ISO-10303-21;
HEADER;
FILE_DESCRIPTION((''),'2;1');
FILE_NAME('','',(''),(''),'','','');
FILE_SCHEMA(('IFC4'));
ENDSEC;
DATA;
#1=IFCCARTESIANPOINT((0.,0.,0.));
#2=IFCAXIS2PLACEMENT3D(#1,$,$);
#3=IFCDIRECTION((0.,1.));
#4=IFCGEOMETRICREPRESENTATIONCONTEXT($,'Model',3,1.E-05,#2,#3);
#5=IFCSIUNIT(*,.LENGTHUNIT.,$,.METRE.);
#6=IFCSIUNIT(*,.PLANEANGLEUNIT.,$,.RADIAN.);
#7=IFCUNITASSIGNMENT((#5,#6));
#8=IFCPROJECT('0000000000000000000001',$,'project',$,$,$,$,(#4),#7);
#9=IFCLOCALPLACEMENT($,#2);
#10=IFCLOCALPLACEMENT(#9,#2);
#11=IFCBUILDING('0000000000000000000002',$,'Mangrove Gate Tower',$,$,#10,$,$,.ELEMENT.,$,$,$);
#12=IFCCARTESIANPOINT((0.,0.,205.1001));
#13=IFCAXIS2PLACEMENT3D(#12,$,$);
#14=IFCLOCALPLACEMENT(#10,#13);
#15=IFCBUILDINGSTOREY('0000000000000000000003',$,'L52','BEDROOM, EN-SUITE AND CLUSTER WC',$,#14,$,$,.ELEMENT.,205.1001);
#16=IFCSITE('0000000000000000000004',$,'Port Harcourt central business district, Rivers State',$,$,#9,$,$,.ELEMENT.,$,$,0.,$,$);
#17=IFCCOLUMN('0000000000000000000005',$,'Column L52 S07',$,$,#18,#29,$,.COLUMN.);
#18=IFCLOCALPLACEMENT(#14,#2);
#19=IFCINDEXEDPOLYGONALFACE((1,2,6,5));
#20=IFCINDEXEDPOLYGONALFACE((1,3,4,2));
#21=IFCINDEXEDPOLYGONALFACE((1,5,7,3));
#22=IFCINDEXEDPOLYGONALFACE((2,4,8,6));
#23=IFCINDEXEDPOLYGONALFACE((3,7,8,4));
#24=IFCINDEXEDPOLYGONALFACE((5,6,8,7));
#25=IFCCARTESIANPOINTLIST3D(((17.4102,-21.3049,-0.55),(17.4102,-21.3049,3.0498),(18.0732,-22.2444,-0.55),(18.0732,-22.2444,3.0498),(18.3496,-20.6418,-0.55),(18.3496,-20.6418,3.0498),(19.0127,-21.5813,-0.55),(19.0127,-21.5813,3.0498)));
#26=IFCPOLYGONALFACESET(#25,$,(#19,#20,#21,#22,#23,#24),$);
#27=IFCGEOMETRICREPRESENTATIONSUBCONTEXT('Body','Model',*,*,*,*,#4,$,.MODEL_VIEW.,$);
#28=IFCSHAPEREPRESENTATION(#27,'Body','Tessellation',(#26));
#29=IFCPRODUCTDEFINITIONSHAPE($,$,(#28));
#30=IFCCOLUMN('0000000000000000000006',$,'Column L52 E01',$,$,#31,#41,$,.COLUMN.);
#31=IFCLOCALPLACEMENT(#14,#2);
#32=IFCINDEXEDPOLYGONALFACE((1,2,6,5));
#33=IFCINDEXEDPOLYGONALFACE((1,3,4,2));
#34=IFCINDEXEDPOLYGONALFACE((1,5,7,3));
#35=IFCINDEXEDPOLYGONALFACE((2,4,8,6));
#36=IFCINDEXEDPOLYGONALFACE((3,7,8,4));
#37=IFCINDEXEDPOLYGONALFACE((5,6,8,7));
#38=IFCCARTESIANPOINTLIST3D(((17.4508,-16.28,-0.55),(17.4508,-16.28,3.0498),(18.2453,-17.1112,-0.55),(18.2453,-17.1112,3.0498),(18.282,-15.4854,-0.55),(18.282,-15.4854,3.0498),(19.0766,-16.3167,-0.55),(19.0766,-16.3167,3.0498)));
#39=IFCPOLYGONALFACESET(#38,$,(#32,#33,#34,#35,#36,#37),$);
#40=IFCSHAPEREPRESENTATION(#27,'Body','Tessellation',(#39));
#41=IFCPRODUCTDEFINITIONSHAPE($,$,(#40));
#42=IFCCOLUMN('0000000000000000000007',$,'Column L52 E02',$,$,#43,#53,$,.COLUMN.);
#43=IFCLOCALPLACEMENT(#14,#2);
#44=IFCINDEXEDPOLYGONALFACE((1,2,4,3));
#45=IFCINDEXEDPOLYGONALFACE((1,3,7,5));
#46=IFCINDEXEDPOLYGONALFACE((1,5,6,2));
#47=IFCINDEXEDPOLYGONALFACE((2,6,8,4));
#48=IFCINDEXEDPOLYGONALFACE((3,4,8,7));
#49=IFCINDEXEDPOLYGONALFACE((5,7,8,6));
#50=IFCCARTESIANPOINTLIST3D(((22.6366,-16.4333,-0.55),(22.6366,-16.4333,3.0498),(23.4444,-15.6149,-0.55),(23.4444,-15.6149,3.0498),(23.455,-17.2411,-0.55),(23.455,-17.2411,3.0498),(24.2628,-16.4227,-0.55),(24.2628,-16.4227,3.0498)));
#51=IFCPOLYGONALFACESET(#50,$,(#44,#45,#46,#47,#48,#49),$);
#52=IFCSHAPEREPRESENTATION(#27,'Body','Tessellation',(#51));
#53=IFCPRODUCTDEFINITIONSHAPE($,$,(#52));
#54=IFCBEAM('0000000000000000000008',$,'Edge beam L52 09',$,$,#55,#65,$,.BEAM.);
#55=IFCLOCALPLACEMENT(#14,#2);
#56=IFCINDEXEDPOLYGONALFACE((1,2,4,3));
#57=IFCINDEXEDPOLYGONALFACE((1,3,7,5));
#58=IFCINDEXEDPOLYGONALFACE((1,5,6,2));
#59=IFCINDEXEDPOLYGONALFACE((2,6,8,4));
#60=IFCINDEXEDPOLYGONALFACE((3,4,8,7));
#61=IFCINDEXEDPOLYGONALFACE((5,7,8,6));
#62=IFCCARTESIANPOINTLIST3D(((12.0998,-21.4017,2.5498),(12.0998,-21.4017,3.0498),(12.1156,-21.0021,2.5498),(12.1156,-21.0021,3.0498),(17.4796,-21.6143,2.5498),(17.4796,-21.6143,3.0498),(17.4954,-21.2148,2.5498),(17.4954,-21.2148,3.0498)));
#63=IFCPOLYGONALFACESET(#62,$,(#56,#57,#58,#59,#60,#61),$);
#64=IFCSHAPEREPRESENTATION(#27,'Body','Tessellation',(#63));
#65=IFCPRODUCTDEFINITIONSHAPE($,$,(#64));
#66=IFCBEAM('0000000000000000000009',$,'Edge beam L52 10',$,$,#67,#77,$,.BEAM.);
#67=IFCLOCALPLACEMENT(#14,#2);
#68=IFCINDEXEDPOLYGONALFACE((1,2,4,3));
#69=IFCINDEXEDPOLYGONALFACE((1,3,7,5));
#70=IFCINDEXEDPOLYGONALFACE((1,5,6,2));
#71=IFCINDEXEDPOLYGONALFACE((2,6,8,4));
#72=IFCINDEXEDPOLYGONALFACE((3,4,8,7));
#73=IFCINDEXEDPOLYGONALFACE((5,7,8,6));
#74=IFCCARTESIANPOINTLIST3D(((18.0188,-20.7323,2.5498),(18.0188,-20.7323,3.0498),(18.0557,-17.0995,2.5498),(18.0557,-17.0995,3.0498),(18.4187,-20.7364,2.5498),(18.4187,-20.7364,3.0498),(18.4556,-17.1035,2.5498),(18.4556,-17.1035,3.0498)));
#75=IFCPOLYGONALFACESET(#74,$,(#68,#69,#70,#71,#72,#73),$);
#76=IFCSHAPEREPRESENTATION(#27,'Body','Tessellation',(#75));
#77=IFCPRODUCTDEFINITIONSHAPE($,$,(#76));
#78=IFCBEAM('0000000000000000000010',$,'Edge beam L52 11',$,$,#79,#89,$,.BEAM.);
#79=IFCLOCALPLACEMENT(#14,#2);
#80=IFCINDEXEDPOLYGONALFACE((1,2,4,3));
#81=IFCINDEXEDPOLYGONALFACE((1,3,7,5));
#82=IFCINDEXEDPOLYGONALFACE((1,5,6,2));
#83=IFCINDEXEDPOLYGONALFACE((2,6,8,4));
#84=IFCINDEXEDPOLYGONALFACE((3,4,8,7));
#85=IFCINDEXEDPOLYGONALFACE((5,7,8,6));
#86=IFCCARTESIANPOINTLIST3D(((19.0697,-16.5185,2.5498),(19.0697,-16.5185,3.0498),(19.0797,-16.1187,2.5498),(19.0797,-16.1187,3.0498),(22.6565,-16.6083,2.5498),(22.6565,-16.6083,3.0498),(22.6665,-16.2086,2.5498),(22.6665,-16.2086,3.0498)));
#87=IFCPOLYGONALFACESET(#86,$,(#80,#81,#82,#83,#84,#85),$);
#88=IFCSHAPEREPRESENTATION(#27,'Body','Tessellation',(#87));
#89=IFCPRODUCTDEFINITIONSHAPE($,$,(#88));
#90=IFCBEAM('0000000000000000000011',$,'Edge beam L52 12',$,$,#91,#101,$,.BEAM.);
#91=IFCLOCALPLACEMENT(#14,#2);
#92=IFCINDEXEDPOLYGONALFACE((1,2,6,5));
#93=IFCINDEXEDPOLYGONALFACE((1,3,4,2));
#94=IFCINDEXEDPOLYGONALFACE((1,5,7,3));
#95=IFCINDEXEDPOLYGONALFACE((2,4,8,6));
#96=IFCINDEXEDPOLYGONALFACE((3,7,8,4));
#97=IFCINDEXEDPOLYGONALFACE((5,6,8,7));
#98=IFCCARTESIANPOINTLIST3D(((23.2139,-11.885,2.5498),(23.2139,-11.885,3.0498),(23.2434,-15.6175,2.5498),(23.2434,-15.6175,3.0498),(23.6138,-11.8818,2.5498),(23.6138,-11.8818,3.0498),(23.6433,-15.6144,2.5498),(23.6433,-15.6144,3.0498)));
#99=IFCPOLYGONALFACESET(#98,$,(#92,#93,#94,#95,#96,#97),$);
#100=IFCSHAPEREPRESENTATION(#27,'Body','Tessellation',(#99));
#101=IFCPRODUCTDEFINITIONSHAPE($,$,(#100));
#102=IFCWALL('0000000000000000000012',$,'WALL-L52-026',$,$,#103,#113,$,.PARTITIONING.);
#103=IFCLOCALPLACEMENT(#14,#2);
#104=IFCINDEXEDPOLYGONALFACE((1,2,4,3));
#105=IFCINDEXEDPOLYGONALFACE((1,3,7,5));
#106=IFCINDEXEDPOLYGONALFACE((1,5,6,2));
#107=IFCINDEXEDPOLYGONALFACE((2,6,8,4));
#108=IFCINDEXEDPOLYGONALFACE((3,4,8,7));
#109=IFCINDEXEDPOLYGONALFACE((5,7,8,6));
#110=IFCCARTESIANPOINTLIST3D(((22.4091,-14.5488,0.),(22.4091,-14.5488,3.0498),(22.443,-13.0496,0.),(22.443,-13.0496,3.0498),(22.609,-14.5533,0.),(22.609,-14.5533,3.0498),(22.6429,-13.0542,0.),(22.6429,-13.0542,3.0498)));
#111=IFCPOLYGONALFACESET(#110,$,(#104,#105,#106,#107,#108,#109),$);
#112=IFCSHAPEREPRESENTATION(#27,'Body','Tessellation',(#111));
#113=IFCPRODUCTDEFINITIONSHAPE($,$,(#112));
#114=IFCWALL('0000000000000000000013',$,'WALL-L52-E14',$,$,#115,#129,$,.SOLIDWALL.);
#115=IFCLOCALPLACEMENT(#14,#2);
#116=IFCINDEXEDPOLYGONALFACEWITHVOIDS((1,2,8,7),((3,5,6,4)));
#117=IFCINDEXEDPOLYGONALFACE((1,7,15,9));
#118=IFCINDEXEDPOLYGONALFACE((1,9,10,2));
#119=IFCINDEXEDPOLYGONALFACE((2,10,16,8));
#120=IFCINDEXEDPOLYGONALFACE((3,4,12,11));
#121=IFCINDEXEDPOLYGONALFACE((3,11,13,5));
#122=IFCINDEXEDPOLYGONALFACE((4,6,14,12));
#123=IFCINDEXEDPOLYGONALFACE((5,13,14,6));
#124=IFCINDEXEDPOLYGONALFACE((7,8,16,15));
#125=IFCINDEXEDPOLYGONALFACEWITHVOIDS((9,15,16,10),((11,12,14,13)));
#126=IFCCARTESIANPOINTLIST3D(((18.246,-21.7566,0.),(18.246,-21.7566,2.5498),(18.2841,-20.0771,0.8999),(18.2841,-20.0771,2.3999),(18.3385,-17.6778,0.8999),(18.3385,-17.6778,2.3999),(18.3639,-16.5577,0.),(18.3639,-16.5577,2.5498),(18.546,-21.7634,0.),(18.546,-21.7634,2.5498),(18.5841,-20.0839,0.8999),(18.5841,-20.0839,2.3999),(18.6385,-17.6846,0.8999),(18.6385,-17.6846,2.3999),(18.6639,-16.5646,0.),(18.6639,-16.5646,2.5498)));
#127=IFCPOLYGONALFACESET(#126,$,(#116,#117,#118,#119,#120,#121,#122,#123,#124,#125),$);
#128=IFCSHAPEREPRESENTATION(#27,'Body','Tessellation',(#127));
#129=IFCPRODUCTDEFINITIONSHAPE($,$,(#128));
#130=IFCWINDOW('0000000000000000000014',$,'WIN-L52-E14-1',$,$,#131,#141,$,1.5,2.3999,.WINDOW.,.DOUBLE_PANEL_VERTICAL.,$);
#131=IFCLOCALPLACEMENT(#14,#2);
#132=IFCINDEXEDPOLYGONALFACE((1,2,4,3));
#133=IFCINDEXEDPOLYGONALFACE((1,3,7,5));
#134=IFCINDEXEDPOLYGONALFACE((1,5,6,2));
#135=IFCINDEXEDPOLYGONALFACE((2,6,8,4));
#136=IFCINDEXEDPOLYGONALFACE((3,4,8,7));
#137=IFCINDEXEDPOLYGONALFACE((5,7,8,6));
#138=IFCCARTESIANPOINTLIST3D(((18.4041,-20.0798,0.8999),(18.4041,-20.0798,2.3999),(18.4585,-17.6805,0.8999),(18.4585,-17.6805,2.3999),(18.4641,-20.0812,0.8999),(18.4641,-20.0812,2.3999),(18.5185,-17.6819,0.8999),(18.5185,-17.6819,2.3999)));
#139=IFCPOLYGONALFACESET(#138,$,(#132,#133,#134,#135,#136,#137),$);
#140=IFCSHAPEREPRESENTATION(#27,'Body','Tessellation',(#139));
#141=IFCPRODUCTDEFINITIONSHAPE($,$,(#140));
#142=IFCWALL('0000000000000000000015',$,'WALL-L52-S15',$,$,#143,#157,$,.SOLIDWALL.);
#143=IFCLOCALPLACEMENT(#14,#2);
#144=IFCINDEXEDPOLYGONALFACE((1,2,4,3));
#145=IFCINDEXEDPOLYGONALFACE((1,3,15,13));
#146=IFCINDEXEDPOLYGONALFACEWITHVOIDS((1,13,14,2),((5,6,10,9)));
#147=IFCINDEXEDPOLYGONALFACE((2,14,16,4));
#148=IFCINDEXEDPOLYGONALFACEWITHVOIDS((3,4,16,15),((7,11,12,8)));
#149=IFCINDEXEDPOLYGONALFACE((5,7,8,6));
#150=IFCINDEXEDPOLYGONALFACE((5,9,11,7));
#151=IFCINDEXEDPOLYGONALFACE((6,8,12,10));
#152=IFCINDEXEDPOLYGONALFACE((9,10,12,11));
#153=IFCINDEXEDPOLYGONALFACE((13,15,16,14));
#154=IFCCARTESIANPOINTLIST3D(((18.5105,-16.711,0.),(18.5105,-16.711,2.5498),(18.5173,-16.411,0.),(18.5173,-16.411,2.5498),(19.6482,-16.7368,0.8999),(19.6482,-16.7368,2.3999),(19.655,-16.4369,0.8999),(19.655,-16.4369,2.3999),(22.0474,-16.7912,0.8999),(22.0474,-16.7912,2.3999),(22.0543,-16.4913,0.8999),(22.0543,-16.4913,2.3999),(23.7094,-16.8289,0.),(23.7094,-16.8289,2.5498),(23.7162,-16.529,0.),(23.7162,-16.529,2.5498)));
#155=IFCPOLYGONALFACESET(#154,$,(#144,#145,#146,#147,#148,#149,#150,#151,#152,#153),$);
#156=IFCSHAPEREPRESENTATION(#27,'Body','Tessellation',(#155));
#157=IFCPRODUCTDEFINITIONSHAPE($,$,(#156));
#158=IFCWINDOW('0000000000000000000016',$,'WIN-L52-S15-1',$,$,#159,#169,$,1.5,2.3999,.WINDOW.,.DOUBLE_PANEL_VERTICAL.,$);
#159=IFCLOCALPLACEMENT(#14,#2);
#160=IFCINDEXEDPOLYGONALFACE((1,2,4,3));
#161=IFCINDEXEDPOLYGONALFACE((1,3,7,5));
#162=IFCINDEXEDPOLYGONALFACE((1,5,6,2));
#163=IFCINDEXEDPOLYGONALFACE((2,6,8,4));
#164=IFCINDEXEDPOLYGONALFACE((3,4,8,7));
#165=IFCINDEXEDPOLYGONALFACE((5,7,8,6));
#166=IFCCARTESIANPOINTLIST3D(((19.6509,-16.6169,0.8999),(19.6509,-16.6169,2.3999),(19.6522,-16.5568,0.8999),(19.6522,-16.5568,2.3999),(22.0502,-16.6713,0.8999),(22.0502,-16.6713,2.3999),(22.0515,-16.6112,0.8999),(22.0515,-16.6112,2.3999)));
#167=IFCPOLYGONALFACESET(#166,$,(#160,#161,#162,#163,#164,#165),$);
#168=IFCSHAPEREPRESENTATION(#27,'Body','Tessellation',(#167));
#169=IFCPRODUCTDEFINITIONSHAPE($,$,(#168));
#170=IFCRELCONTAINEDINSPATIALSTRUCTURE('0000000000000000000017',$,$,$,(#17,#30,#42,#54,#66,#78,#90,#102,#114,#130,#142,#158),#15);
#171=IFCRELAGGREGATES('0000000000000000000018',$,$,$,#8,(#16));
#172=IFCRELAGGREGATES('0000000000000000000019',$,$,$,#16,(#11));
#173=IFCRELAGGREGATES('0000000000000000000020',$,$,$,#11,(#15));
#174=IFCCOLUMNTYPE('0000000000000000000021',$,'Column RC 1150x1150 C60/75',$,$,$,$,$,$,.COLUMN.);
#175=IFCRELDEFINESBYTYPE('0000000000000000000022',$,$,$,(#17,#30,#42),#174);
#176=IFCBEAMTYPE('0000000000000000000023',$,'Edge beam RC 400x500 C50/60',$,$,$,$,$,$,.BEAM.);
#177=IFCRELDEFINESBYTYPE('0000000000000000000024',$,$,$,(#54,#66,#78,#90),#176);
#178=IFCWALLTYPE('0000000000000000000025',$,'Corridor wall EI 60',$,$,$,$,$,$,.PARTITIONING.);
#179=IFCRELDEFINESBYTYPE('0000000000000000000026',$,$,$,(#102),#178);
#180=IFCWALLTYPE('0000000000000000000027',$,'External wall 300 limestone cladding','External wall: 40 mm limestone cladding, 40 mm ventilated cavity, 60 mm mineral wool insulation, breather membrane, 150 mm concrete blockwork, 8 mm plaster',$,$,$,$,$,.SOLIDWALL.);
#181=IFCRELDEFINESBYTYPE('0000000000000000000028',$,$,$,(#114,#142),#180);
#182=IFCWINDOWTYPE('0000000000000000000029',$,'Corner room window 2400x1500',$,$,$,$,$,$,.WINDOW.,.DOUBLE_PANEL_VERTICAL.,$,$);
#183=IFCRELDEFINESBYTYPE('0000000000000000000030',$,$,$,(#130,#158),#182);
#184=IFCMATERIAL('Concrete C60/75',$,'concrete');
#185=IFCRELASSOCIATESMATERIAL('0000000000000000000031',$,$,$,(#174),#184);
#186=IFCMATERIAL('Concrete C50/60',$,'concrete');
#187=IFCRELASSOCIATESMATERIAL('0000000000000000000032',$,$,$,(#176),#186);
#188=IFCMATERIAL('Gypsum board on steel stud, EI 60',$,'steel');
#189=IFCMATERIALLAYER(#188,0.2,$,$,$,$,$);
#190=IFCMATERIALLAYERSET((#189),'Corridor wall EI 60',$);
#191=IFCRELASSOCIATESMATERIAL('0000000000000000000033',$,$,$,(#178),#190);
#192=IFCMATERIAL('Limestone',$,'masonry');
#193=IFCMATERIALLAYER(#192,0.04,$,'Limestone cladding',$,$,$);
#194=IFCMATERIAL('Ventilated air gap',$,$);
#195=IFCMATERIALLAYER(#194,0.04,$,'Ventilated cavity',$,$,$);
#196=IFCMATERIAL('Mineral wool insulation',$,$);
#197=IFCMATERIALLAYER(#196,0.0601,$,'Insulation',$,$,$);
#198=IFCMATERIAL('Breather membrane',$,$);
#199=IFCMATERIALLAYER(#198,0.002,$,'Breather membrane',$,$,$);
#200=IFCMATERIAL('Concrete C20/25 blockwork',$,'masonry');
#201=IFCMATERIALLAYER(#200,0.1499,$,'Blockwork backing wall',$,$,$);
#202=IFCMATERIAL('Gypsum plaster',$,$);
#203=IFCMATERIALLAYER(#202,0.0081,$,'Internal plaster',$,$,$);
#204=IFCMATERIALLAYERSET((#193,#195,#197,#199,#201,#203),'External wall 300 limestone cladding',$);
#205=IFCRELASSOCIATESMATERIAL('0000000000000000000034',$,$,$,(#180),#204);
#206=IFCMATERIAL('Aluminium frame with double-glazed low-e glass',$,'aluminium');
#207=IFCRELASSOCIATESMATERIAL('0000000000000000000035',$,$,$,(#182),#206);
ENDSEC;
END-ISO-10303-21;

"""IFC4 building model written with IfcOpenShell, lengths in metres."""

from ifc_helpers import new_model, si_unit, direction, frame, frame_2d, origin, origin_2d, place, context, subcontext, project, spatial, rectangle, extrude, material, layer, layer_set, material_profile, profile_set, type_object, element, fill, save


model = new_model("IFC4")

# Units and contexts
model_context = context("Model", 3, precision=1e-05, world=origin(), true_north=direction((0.0, 1.0)))
body_context = subcontext(model_context, "Body", "Model", "MODEL_VIEW")
ifc_project = project(units=[si_unit("LENGTHUNIT", "METRE"), si_unit("PLANEANGLEUNIT", "RADIAN")], contexts=[model_context])

# Site, building, storey
site_placement = place(None, origin())
site = spatial("IfcSite", under=ifc_project, at=site_placement, Name="Port Harcourt central business district, Rivers State", CompositionType="ELEMENT", RefElevation=0.0)
building_placement = place(site_placement, origin())
building = spatial("IfcBuilding", under=site, at=building_placement, Name="Mangrove Gate Tower", CompositionType="ELEMENT")
storey_placement = place(building_placement, frame((0.0, 0.0, 205.1001)))
storey = spatial("IfcBuildingStorey", under=building, at=storey_placement, Name="L52", Description="BEDROOM, EN-SUITE AND CLUSTER WC", CompositionType="ELEMENT", Elevation=205.1001)

# Columns
ifc_material_1 = material(Name="Concrete C60/75", Category="concrete")
ifc_material_profile_1 = material_profile(ifc_material_1, rectangle(XDim=1.1499, YDim=1.1499, at=origin_2d()))
ifc_profile_set_1 = profile_set([ifc_material_profile_1], Name="Concrete C60/75")
column_type = type_object("IfcColumnType", Name="Column RC 1150x1150 C60/75", PredefinedType="COLUMN", material=ifc_profile_set_1)
for number, where, z_axis, x_axis, name in (
    (1, (18.2114, -21.4431, -0.55), (0.0, 0.0, 1.0), (0.817006, 0.576629, 0.0), "Column L52 S07"),
    (2, (18.2637, -16.2983, -0.55), (0.0, 0.0, 1.0), (0.722905, 0.690948, 0.0), "Column L52 E01"),
    (3, (23.4497, -16.428, -0.55), (0.0, 0.0, 1.0), (0.702473, 0.711711, 0.0), "Column L52 E02"),
):
    element("IfcColumn", number, at=place(storey_placement, frame(where, z_axis=z_axis, x_axis=x_axis)), inside=storey, type_object=column_type, Name=name, PredefinedType="COLUMN", context=body_context, shape_type="SweptSolid", body=[
        extrude(rectangle(XDim=1.1499, YDim=1.1499, at=origin_2d()), origin(), (0.0, 0.0, 1.0), 3.5999),
    ])

# Beams
ifc_material_2 = material(Name="Concrete C50/60", Category="concrete")
ifc_material_profile_2 = material_profile(ifc_material_2, rectangle(XDim=0.3999, YDim=0.5, at=origin_2d()))
ifc_profile_set_2 = profile_set([ifc_material_profile_2], Name="Concrete C50/60")
beam_type = type_object("IfcBeamType", Name="Edge beam RC 400x500 C50/60", PredefinedType="BEAM", material=ifc_profile_set_2)
beam_1_placement = place(storey_placement, frame((12.1077, -21.2019, 2.7998), z_axis=(0.99922, -0.039495, 0.0), x_axis=(0.039495, 0.99922, 0.0)))
element("IfcBeam", 4, at=beam_1_placement, inside=storey, type_object=beam_type, Name="Edge beam L52 09", PredefinedType="BEAM", context=body_context, shape_type="SweptSolid", body=[
    extrude(rectangle(XDim=0.3999, YDim=0.5, at=origin_2d()), origin(), (0.0, 0.0, 1.0), 5.384),
])
beam_2_placement = place(storey_placement, frame((18.2188, -20.7344, 2.7998), z_axis=(0.010147, 0.999949, 0.0), x_axis=(-0.999949, 0.010147, 0.0)))
element("IfcBeam", 5, at=beam_2_placement, inside=storey, type_object=beam_type, Name="Edge beam L52 10", PredefinedType="BEAM", context=body_context, shape_type="SweptSolid", body=[
    extrude(rectangle(XDim=0.3999, YDim=0.5, at=origin_2d()), origin(), (0.0, 0.0, 1.0), 3.6331),
])
beam_3_placement = place(storey_placement, frame((19.0747, -16.3186, 2.7998), z_axis=(0.999686, -0.025041, 0.0), x_axis=(0.025041, 0.999686, 0.0)))
element("IfcBeam", 6, at=beam_3_placement, inside=storey, type_object=beam_type, Name="Edge beam L52 11", PredefinedType="BEAM", context=body_context, shape_type="SweptSolid", body=[
    extrude(rectangle(XDim=0.3999, YDim=0.5, at=origin_2d()), origin(), (0.0, 0.0, 1.0), 3.5879),
])
beam_4_placement = place(storey_placement, frame((23.4434, -15.616, 2.7998), z_axis=(-0.007914, 0.999969, 0.0), x_axis=(-0.999969, -0.007914, 0.0)))
element("IfcBeam", 7, at=beam_4_placement, inside=storey, type_object=beam_type, Name="Edge beam L52 12", PredefinedType="BEAM", context=body_context, shape_type="SweptSolid", body=[
    extrude(rectangle(XDim=0.3999, YDim=0.5, at=origin_2d()), origin(), (0.0, 0.0, 1.0), 3.7327),
])

# Wall
ifc_material_3 = material(Name="Gypsum board on steel stud, EI 60", Category="steel")
ifc_layer_1 = layer(ifc_material_3, 0.2)
ifc_layer_set_1 = layer_set([ifc_layer_1], Name="Corridor wall EI 60")
wall_type_1 = type_object("IfcWallType", Name="Corridor wall EI 60", PredefinedType="PARTITIONING", material=ifc_layer_set_1)
wall_1_placement = place(storey_placement, frame((22.509, -14.551, 0.0), z_axis=(0.0, 0.0, 1.0), x_axis=(0.022633, 0.999744, 0.0)))
element("IfcWall", 8, at=wall_1_placement, inside=storey, type_object=wall_type_1, Name="WALL-L52-026", PredefinedType="PARTITIONING", context=body_context, shape_type="SweptSolid", body=[
    extrude(rectangle(XDim=1.4995, YDim=0.2, at=frame_2d((0.7498, 0.0))), origin(), (0.0, 0.0, 1.0), 3.0498),
])

# Shared definitions
ifc_material_4 = material(Name="Limestone", Category="masonry")
ifc_layer_2 = layer(ifc_material_4, 0.04, Name="Limestone cladding")
ifc_material_5 = material(Name="Ventilated air gap")
ifc_layer_3 = layer(ifc_material_5, 0.04, Name="Ventilated cavity")
ifc_material_6 = material(Name="Mineral wool insulation")
ifc_layer_4 = layer(ifc_material_6, 0.0601, Name="Insulation")
ifc_material_7 = material(Name="Breather membrane")
ifc_layer_5 = layer(ifc_material_7, 0.002, Name="Breather membrane")
ifc_material_8 = material(Name="Concrete C20/25 blockwork", Category="masonry")
ifc_layer_6 = layer(ifc_material_8, 0.1499, Name="Blockwork backing wall")
ifc_material_9 = material(Name="Gypsum plaster")
ifc_layer_7 = layer(ifc_material_9, 0.0081, Name="Internal plaster")
ifc_layer_set_2 = layer_set([ifc_layer_2, ifc_layer_3, ifc_layer_4, ifc_layer_5, ifc_layer_6, ifc_layer_7], Name="External wall 300 limestone cladding")
wall_type_2 = type_object("IfcWallType", Name="External wall 300 limestone cladding", Description="External wall: 40 mm limestone cladding, 40 mm ventilated cavity, 60 mm mineral wool insulation, breather membrane, 150 mm concrete blockwork, 8 mm plaster", PredefinedType="SOLIDWALL", material=ifc_layer_set_2)

# Walls, openings, windows
wall_2_placement = place(storey_placement, frame((18.396, -21.76, 0.0), z_axis=(0.0, 0.0, 1.0), x_axis=(0.022676, 0.999743, 0.0)))
wall_2 = element("IfcWall", 9, at=wall_2_placement, inside=storey, type_object=wall_type_2, Name="WALL-L52-E14", PredefinedType="SOLIDWALL", context=body_context, shape_type="SweptSolid", body=[
    extrude(rectangle(XDim=5.2002, YDim=0.3, at=frame_2d((2.6001, 0.0))), origin(), (0.0, 0.0, 1.0), 2.5498),
])
opening_1_placement = place(wall_2_placement, frame((1.6799, 0.0, 0.8999)))
opening_1 = element("IfcOpeningElement", 10, at=opening_1_placement, cuts=wall_2, PredefinedType="OPENING", context=body_context, shape_type="SweptSolid", body=[
    extrude(rectangle(XDim=2.3999, YDim=1.5, at=frame_2d((1.2, 0.75))), frame((0.0, 0.1599, 0.0), z_axis=(0.0, -1.0, 0.0), x_axis=(1.0, 0.0, 0.0)), (0.0, 0.0, 1.0), 0.3201),
])
ifc_material_10 = material(Name="Aluminium frame with double-glazed low-e glass", Category="aluminium")
window_type_1 = type_object("IfcWindowType", Name="Corner room window 2400x1500", PartitioningType="DOUBLE_PANEL_VERTICAL", PredefinedType="WINDOW", material=ifc_material_10)
window_1_placement = place(opening_1_placement, origin())
window_1 = element("IfcWindow", 11, at=window_1_placement, inside=storey, type_object=window_type_1, Name="WIN-L52-E14-1", OverallHeight=1.5, OverallWidth=2.3999, PartitioningType="DOUBLE_PANEL_VERTICAL", PredefinedType="WINDOW", context=body_context, shape_type="SweptSolid", body=[
    extrude(rectangle(XDim=2.3999, YDim=1.5, at=frame_2d((1.2, 0.75))), frame((0.0, 0.03, 0.0), z_axis=(0.0, -1.0, 0.0), x_axis=(1.0, 0.0, 0.0)), (0.0, 0.0, 1.0), 0.0601),
])
fill(opening_1, window_1)
wall_3_placement = place(storey_placement, frame((18.5139, -16.561, 0.0), z_axis=(0.0, 0.0, 1.0), x_axis=(0.999743, -0.022676, 0.0)))
wall_3 = element("IfcWall", 12, at=wall_3_placement, inside=storey, type_object=wall_type_2, Name="WALL-L52-S15", PredefinedType="SOLIDWALL", context=body_context, shape_type="SweptSolid", body=[
    extrude(rectangle(XDim=5.2002, YDim=0.3, at=frame_2d((2.6001, 0.0))), origin(), (0.0, 0.0, 1.0), 2.5498),
])
opening_2_placement = place(wall_3_placement, frame((1.1379, 0.0, 0.8999)))
opening_2 = element("IfcOpeningElement", 13, at=opening_2_placement, cuts=wall_3, PredefinedType="OPENING", context=body_context, shape_type="SweptSolid", body=[
    extrude(rectangle(XDim=2.3999, YDim=1.5, at=frame_2d((1.2, 0.75))), frame((0.0, 0.1599, 0.0), z_axis=(0.0, -1.0, 0.0), x_axis=(1.0, 0.0, 0.0)), (0.0, 0.0, 1.0), 0.3201),
])
window_2_placement = place(opening_2_placement, origin())
window_2 = element("IfcWindow", 14, at=window_2_placement, inside=storey, type_object=window_type_1, Name="WIN-L52-S15-1", OverallHeight=1.5, OverallWidth=2.3999, PartitioningType="DOUBLE_PANEL_VERTICAL", PredefinedType="WINDOW", context=body_context, shape_type="SweptSolid", body=[
    extrude(rectangle(XDim=2.3999, YDim=1.5, at=frame_2d((1.2, 0.75))), frame((0.0, 0.03, 0.0), z_axis=(0.0, -1.0, 0.0), x_axis=(1.0, 0.0, 0.0)), (0.0, 0.0, 1.0), 0.0601),
])
fill(opening_2, window_2)

save(model, "model.ifc")
